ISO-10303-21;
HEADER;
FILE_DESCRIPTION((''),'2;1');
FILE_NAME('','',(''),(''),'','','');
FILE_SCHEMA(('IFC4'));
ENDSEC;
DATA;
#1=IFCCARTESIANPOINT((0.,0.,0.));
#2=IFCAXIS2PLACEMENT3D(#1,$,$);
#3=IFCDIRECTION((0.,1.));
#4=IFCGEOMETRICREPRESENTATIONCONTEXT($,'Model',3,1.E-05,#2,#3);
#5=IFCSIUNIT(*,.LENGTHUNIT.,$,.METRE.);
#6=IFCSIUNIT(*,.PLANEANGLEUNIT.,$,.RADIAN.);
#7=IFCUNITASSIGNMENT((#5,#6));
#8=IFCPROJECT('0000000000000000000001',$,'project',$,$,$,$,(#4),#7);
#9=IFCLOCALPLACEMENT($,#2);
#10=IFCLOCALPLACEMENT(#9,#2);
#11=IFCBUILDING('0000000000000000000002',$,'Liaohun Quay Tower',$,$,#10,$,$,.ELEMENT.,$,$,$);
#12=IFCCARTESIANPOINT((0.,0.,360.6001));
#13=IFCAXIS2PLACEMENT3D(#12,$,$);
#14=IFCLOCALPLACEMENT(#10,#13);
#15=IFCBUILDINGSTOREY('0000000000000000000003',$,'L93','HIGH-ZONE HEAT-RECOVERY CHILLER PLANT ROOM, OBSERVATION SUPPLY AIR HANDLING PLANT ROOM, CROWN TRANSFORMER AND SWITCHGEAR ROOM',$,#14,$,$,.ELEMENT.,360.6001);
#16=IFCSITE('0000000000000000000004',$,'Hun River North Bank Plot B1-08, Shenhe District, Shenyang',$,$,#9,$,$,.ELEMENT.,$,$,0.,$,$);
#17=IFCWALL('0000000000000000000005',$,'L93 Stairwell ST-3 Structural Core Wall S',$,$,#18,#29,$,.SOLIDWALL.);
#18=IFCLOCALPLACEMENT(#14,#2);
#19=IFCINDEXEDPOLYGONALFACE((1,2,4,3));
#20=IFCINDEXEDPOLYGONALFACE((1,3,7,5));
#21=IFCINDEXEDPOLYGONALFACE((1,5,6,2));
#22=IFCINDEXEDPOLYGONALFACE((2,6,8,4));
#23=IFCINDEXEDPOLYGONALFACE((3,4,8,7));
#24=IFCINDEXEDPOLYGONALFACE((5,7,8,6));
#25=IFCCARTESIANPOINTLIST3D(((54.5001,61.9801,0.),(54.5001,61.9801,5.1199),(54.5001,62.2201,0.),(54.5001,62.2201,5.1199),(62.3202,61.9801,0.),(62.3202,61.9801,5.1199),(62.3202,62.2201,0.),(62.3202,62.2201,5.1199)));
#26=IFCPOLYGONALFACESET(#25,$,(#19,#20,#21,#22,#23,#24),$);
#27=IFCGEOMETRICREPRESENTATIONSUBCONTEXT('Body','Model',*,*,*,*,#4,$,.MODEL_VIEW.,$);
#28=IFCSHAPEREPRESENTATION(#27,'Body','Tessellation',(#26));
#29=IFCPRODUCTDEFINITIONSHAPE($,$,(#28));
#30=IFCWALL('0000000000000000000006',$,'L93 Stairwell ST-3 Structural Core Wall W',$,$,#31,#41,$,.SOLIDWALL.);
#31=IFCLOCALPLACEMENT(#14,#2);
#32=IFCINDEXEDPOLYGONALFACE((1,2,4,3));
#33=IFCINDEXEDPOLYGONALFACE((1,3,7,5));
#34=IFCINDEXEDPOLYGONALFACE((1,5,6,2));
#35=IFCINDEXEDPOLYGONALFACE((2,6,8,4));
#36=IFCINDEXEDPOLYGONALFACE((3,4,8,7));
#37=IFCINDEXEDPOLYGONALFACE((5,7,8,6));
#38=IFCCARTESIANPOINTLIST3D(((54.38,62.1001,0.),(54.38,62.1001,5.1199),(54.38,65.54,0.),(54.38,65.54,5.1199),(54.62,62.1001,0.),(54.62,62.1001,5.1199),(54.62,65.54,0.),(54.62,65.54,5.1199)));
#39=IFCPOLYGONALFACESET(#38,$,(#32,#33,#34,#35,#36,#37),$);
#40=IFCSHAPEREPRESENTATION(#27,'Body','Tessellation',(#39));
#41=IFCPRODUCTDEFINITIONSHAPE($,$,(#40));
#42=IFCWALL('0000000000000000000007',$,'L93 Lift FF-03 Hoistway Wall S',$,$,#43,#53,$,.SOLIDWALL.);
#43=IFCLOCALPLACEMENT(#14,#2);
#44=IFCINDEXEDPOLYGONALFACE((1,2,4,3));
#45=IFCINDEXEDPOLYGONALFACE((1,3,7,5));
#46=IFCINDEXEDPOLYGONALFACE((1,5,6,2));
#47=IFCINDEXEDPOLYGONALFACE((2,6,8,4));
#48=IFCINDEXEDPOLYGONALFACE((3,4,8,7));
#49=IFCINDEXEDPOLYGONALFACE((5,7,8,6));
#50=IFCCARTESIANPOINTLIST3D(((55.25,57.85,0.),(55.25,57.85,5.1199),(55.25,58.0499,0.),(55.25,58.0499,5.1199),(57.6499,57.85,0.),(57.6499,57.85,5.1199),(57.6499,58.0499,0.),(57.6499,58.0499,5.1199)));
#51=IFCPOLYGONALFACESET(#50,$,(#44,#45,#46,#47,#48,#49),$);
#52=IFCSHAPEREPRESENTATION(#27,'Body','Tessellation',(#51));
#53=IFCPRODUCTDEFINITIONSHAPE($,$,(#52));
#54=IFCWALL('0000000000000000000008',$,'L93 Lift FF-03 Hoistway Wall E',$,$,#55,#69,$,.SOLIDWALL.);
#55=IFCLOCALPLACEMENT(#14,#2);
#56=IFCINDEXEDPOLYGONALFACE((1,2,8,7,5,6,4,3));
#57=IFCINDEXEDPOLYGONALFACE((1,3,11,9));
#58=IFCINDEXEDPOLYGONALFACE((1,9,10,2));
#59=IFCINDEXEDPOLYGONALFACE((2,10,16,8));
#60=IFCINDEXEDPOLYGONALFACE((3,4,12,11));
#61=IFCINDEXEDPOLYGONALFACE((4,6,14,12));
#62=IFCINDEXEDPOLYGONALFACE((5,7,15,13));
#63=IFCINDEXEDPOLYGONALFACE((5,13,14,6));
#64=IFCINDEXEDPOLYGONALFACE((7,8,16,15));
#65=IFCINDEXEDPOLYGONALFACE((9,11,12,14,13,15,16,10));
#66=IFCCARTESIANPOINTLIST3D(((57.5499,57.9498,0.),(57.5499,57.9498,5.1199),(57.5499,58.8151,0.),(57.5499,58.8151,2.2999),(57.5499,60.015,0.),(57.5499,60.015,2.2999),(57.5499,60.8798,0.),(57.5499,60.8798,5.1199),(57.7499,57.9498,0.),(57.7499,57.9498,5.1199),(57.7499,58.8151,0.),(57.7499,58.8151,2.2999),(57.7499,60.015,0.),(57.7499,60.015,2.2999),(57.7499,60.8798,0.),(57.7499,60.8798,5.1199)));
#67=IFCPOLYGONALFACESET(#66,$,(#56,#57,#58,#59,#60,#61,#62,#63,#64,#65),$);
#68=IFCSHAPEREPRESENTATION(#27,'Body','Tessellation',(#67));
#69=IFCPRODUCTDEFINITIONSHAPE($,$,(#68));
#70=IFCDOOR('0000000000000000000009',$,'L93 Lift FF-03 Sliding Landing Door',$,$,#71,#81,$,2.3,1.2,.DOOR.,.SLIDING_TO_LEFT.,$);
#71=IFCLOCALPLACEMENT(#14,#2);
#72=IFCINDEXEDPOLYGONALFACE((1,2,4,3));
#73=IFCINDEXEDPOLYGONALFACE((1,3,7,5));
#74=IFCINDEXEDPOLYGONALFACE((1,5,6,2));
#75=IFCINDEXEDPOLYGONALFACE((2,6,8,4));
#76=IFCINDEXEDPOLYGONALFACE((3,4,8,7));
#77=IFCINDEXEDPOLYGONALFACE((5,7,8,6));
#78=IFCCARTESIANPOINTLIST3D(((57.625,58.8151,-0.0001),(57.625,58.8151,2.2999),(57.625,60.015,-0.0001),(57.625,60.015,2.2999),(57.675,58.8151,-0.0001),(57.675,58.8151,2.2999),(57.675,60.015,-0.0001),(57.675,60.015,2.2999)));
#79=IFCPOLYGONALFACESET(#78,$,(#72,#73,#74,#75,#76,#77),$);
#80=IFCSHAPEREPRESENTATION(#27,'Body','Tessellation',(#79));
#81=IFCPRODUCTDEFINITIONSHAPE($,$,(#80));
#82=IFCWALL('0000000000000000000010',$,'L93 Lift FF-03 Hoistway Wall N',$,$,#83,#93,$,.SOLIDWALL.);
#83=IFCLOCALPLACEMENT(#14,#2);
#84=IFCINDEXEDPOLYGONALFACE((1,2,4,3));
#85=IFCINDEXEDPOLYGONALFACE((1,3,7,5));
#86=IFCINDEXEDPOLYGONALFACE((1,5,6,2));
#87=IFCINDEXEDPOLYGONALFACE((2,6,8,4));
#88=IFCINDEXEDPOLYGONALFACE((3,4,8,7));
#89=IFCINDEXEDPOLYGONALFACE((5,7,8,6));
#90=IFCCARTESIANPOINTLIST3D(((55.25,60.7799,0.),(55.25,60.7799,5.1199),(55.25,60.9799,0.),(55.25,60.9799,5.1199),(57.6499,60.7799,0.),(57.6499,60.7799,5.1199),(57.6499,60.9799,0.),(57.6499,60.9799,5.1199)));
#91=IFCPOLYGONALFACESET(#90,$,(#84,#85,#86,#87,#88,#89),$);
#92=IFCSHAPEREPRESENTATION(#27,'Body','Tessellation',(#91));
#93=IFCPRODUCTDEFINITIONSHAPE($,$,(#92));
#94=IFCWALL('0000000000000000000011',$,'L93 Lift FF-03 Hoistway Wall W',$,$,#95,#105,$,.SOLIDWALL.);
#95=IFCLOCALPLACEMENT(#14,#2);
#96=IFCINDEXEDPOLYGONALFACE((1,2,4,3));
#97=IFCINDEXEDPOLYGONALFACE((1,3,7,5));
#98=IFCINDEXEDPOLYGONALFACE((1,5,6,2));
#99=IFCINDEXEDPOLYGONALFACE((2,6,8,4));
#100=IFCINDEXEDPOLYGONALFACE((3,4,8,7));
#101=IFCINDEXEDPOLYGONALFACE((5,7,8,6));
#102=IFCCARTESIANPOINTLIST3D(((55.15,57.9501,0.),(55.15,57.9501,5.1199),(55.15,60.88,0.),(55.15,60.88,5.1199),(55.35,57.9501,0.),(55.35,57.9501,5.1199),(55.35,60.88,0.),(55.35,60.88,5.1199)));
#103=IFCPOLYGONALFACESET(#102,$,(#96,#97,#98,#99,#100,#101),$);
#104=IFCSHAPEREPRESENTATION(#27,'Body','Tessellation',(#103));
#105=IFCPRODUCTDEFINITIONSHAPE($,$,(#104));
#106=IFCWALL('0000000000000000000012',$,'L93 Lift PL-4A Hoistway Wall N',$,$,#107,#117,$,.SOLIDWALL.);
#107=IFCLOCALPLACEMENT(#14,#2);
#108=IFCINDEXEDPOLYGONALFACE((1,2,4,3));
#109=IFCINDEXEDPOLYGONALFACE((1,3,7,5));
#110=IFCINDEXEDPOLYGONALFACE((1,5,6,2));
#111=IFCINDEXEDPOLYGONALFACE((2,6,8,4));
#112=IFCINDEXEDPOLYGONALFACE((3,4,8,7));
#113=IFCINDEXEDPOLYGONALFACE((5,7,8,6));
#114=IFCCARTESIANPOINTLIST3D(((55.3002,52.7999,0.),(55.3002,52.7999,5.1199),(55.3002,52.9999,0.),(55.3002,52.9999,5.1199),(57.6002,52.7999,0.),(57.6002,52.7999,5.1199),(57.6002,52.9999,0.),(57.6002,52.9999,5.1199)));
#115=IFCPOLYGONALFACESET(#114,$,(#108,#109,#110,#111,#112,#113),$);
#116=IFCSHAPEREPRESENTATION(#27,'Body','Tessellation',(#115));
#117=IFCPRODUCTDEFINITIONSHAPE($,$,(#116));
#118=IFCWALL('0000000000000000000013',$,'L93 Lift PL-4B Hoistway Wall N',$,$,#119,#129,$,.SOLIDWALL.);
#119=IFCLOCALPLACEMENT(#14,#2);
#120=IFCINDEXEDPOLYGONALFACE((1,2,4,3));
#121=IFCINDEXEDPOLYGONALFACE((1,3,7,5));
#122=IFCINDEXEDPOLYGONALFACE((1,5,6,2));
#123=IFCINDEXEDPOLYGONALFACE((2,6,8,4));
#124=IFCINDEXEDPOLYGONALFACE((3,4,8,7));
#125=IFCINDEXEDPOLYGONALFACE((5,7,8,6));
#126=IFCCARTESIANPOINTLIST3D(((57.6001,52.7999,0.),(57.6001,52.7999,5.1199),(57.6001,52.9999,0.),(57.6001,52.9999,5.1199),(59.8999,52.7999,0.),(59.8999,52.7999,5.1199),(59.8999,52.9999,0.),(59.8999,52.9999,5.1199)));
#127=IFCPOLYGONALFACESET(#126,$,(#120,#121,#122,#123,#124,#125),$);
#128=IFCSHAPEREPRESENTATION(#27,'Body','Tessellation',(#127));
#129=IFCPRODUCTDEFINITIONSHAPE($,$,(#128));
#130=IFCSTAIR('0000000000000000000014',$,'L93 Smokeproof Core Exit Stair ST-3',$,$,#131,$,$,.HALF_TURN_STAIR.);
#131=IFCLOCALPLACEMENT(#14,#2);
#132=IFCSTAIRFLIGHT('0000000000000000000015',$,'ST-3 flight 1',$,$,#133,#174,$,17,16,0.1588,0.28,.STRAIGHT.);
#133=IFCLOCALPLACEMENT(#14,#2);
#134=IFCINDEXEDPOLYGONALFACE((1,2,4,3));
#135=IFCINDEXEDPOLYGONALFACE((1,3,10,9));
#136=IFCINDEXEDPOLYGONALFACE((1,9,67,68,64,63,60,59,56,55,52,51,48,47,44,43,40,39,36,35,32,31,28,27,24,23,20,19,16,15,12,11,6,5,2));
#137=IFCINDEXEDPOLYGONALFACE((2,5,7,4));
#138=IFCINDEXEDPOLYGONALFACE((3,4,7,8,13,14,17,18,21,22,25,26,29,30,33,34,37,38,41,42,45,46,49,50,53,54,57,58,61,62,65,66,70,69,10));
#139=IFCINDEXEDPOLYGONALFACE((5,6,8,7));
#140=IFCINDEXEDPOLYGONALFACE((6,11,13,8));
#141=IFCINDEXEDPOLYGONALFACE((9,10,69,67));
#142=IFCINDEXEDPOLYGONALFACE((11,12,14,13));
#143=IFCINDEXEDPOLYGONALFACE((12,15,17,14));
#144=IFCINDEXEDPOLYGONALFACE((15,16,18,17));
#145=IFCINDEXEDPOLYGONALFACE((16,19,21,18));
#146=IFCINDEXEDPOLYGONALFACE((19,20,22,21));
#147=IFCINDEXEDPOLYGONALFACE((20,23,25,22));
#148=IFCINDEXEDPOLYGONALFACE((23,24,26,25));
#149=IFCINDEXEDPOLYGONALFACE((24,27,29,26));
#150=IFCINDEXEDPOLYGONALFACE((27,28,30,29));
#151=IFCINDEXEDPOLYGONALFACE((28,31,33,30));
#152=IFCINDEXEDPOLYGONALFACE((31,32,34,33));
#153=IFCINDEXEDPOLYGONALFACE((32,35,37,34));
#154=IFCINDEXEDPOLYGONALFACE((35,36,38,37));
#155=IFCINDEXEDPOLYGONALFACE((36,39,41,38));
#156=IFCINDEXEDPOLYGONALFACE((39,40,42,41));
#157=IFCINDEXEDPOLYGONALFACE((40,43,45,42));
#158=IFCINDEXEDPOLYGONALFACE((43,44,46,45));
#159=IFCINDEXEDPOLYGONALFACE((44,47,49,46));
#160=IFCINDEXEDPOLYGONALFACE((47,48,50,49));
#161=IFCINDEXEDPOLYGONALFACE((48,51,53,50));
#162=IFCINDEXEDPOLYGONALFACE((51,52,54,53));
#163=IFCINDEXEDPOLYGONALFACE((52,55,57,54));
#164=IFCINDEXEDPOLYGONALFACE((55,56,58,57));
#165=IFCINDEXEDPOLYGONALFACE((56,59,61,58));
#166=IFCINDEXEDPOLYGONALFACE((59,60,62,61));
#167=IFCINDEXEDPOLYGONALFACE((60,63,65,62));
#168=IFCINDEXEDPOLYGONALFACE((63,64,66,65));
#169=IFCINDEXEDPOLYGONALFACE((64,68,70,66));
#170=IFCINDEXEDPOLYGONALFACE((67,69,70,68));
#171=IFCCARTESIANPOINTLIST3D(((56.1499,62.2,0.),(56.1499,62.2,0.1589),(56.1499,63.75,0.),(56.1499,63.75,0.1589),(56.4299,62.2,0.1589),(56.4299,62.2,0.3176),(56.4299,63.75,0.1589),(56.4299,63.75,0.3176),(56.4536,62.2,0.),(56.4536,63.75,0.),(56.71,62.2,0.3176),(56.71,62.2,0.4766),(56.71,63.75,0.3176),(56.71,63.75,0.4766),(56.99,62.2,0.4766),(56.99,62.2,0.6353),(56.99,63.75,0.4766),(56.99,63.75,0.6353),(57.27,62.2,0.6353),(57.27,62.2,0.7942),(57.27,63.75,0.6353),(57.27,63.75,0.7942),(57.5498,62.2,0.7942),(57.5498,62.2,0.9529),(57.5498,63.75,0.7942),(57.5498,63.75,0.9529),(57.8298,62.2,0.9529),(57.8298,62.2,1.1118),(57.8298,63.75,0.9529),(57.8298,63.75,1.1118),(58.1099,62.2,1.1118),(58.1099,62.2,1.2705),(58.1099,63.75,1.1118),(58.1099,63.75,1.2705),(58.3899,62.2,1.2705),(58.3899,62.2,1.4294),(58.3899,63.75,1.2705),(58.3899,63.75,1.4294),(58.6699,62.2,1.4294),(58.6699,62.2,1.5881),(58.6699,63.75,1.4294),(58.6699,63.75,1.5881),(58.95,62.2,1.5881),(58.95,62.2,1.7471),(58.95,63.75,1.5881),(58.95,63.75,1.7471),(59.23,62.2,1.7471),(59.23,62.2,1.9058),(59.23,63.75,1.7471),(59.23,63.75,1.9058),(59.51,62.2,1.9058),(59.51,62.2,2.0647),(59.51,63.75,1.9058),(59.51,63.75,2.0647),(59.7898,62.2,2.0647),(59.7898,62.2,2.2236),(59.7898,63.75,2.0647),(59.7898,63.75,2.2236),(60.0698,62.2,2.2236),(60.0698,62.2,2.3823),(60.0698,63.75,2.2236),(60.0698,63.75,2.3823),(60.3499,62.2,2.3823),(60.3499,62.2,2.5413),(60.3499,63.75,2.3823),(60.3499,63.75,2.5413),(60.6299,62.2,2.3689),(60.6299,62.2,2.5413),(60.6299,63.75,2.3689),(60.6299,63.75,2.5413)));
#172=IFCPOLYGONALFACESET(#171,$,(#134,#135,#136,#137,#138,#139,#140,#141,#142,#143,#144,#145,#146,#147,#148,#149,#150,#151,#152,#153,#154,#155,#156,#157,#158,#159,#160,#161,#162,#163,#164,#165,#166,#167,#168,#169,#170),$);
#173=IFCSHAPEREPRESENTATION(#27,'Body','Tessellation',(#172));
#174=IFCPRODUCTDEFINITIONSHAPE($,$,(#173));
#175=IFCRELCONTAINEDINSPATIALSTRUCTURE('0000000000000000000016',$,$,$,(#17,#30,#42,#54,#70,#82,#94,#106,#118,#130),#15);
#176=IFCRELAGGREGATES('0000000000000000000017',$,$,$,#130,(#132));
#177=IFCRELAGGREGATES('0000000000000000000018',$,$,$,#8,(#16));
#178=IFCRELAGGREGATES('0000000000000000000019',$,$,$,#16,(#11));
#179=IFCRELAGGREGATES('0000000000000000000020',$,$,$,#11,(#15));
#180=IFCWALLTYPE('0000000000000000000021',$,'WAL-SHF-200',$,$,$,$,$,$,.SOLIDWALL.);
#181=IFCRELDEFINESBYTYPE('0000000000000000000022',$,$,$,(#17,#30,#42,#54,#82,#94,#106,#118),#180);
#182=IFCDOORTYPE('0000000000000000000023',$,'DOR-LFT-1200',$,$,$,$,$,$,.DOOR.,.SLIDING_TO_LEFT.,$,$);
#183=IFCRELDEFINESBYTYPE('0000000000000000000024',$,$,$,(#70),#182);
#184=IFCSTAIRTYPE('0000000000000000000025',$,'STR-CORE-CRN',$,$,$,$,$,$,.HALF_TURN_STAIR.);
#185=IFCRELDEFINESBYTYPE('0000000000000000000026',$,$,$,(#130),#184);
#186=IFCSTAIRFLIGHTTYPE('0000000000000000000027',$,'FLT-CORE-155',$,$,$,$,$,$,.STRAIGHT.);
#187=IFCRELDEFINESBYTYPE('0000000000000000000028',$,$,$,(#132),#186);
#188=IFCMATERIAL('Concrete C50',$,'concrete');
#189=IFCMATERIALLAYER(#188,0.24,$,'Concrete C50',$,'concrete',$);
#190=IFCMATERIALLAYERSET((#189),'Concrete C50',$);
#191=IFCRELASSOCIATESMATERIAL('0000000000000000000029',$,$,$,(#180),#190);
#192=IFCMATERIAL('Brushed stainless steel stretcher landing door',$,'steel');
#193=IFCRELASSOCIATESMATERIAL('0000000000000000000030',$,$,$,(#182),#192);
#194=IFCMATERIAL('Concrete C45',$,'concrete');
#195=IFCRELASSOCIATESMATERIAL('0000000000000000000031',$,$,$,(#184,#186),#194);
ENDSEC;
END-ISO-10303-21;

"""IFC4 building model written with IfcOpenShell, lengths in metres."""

from ifc_helpers import new_model, si_unit, direction, frame, frame_2d, origin, place, context, subcontext, project, spatial, polyline, rectangle, outline, extrude, source, transform, mapped, material, layer, layer_set, type_object, element, fill, aggregate, save


model = new_model("IFC4")

# Units and contexts
model_context = context("Model", 3, precision=1e-05, world=origin(), true_north=direction((0.0, 1.0)))
body_context = subcontext(model_context, "Body", "Model", "MODEL_VIEW")
ifc_project = project(units=[si_unit("LENGTHUNIT", "METRE"), si_unit("PLANEANGLEUNIT", "RADIAN")], contexts=[model_context])

# Site, building, storey
site_placement = place(None, origin())
site = spatial("IfcSite", under=ifc_project, at=site_placement, Name="Hun River North Bank Plot B1-08, Shenhe District, Shenyang", CompositionType="ELEMENT", RefElevation=0.0)
building_placement = place(site_placement, origin())
building = spatial("IfcBuilding", under=site, at=building_placement, Name="Liaohun Quay Tower", CompositionType="ELEMENT")
storey_placement = place(building_placement, frame((0.0, 0.0, 360.6001)))
storey = spatial("IfcBuildingStorey", under=building, at=storey_placement, Name="L93", Description="HIGH-ZONE HEAT-RECOVERY CHILLER PLANT ROOM, OBSERVATION SUPPLY AIR HANDLING PLANT ROOM, CROWN TRANSFORMER AND SWITCHGEAR ROOM", CompositionType="ELEMENT", Elevation=360.6001)

# Shared definitions
ifc_material_1 = material(Name="Concrete C50", Category="concrete")

# Walls
ifc_layer_1 = layer(ifc_material_1, 0.24, Name="Concrete C50", Category="concrete")
ifc_layer_set_1 = layer_set([ifc_layer_1], Name="Concrete C50")
wall_type_1 = type_object("IfcWallType", Name="WAL-SHF-200", PredefinedType="SOLIDWALL", material=ifc_layer_set_1)
wall_1_placement = place(storey_placement, frame((54.5, 62.1001, 0.0), z_axis=(0.0, 0.0, 1.0), x_axis=(1.0, 0.0, 0.0)))
element("IfcWall", 1, at=wall_1_placement, inside=storey, type_object=wall_type_1, Name="L93 Stairwell ST-3 Structural Core Wall S", PredefinedType="SOLIDWALL", context=body_context, shape_type="SweptSolid", body=[
    extrude(rectangle(XDim=7.8201, YDim=0.24, at=frame_2d((3.9102, 0.0))), origin(), (0.0, 0.0, 1.0), 5.1199),
])
wall_2_placement = place(storey_placement, frame((54.5, 65.54, 0.0), z_axis=(0.0, 0.0, 1.0), x_axis=(0.0, -1.0, 0.0)))
element("IfcWall", 2, at=wall_2_placement, inside=storey, type_object=wall_type_1, Name="L93 Stairwell ST-3 Structural Core Wall W", PredefinedType="SOLIDWALL", context=body_context, shape_type="SweptSolid", body=[
    extrude(rectangle(XDim=3.4399, YDim=0.24, at=frame_2d((1.72, 0.0))), origin(), (0.0, 0.0, 1.0), 5.1199),
])
wall_3_placement = place(storey_placement, frame((55.25, 57.95, 0.0), z_axis=(0.0, 0.0, 1.0), x_axis=(1.0, 0.0, 0.0)))
element("IfcWall", 3, at=wall_3_placement, inside=storey, type_object=wall_type_1, Name="L93 Lift FF-03 Hoistway Wall S", PredefinedType="SOLIDWALL", context=body_context, shape_type="SweptSolid", body=[
    extrude(rectangle(XDim=2.3999, YDim=0.2, at=frame_2d((1.2, 0.0))), origin(), (0.0, 0.0, 1.0), 5.1199),
])

# Wall, opening, door
wall_4_placement = place(storey_placement, frame((57.6499, 57.95, 0.0), z_axis=(0.0, 0.0, 1.0), x_axis=(0.0, 1.0, 0.0)))
wall_4 = element("IfcWall", 4, at=wall_4_placement, inside=storey, type_object=wall_type_1, Name="L93 Lift FF-03 Hoistway Wall E", PredefinedType="SOLIDWALL", context=body_context, shape_type="SweptSolid", body=[
    extrude(rectangle(XDim=2.9299, YDim=0.2, at=frame_2d((1.4648, 0.0))), origin(), (0.0, 0.0, 1.0), 5.1199),
])
shared_shape_1 = source(origin(), body_context, "Body", "SweptSolid", [
    extrude(rectangle(XDim=1.2, YDim=2.3, at=frame_2d((0.6001, 1.1499))), frame((0.0, 0.1099, 0.0), z_axis=(0.0, -1.0, 0.0), x_axis=(1.0, 0.0, 0.0)), (0.0, 0.0, 1.0), 0.22),
])
opening_1_placement = place(wall_4_placement, frame((0.865, 0.0, 0.0)))
opening_1 = element("IfcOpeningElement", 5, at=opening_1_placement, cuts=wall_4, PredefinedType="OPENING", context=body_context, shape_type="MappedRepresentation", body=[
    mapped(shared_shape_1, transform((0.0, 0.0, 0.0), x_axis=(1.0, 0.0, 0.0), y_axis=(0.0, 1.0, 0.0), z_axis=(0.0, 0.0, 1.0), scale=1.0)),
])
ifc_material_2 = material(Name="Brushed stainless steel stretcher landing door", Category="steel")
door_type_1 = type_object("IfcDoorType", Name="DOR-LFT-1200", OperationType="SLIDING_TO_LEFT", PredefinedType="DOOR", material=ifc_material_2)
shared_shape_2 = source(origin(), body_context, "Body", "SweptSolid", [
    extrude(rectangle(XDim=1.2, YDim=2.3, at=frame_2d((0.6001, 1.1499))), frame((0.0, 0.0249, 0.0), z_axis=(0.0, -1.0, 0.0), x_axis=(1.0, 0.0, 0.0)), (0.0, 0.0, 1.0), 0.05),
])
door_1_placement = place(opening_1_placement, origin())
door_1 = element("IfcDoor", 6, at=door_1_placement, inside=storey, type_object=door_type_1, Name="L93 Lift FF-03 Sliding Landing Door", OperationType="SLIDING_TO_LEFT", OverallHeight=2.3, OverallWidth=1.2, PredefinedType="DOOR", context=body_context, shape_type="MappedRepresentation", body=[
    mapped(shared_shape_2, transform((0.0, 0.0, 0.0), x_axis=(1.0, 0.0, 0.0), y_axis=(0.0, 1.0, 0.0), z_axis=(0.0, 0.0, 1.0), scale=1.0)),
])
fill(opening_1, door_1)

# Walls
wall_5_placement = place(storey_placement, frame((57.6499, 60.8799, 0.0), z_axis=(0.0, 0.0, 1.0), x_axis=(-1.0, 0.0, 0.0)))
element("IfcWall", 7, at=wall_5_placement, inside=storey, type_object=wall_type_1, Name="L93 Lift FF-03 Hoistway Wall N", PredefinedType="SOLIDWALL", context=body_context, shape_type="SweptSolid", body=[
    extrude(rectangle(XDim=2.3999, YDim=0.2, at=frame_2d((1.2, 0.0))), origin(), (0.0, 0.0, 1.0), 5.1199),
])
wall_6_placement = place(storey_placement, frame((55.25, 60.8799, 0.0), z_axis=(0.0, 0.0, 1.0), x_axis=(0.0, -1.0, 0.0)))
element("IfcWall", 8, at=wall_6_placement, inside=storey, type_object=wall_type_1, Name="L93 Lift FF-03 Hoistway Wall W", PredefinedType="SOLIDWALL", context=body_context, shape_type="SweptSolid", body=[
    extrude(rectangle(XDim=2.9299, YDim=0.2, at=frame_2d((1.4648, 0.0))), origin(), (0.0, 0.0, 1.0), 5.1199),
])
wall_7_placement = place(storey_placement, frame((57.6001, 52.8999, 0.0), z_axis=(0.0, 0.0, 1.0), x_axis=(-1.0, 0.0, 0.0)))
element("IfcWall", 9, at=wall_7_placement, inside=storey, type_object=wall_type_1, Name="L93 Lift PL-4A Hoistway Wall N", PredefinedType="SOLIDWALL", context=body_context, shape_type="SweptSolid", body=[
    extrude(rectangle(XDim=2.3, YDim=0.2, at=frame_2d((1.1499, 0.0))), origin(), (0.0, 0.0, 1.0), 5.1199),
])
wall_8_placement = place(storey_placement, frame((59.8999, 52.8999, 0.0), z_axis=(0.0, 0.0, 1.0), x_axis=(-1.0, 0.0, 0.0)))
element("IfcWall", 10, at=wall_8_placement, inside=storey, type_object=wall_type_1, Name="L93 Lift PL-4B Hoistway Wall N", PredefinedType="SOLIDWALL", context=body_context, shape_type="SweptSolid", body=[
    extrude(rectangle(XDim=2.2998, YDim=0.2, at=frame_2d((1.1499, 0.0))), origin(), (0.0, 0.0, 1.0), 5.1199),
])

# Stair, stair flight
ifc_material_3 = material(Name="Concrete C45", Category="concrete")
stair_type = type_object("IfcStairType", Name="STR-CORE-CRN", PredefinedType="HALF_TURN_STAIR", material=ifc_material_3)
stair_placement = place(storey_placement, origin())
stair = element("IfcStair", 11, at=stair_placement, inside=storey, type_object=stair_type, Name="L93 Smokeproof Core Exit Stair ST-3", PredefinedType="HALF_TURN_STAIR")
stair_flight_type = type_object("IfcStairFlightType", Name="FLT-CORE-155", PredefinedType="STRAIGHT", material=ifc_material_3)
stair_flight_placement = place(storey_placement, frame((56.1499, 62.9751, 0.0), z_axis=(0.0, 0.0, 1.0), x_axis=(1.0, 0.0, 0.0)))
stair_flight = element("IfcStairFlight", 12, at=stair_flight_placement, type_object=stair_flight_type, Name="ST-3 flight 1", NumberOfRisers=17, NumberOfTreads=16, PredefinedType="STRAIGHT", RiserHeight=0.1588, TreadLength=0.28, context=body_context, shape_type="SweptSolid", body=[
    extrude(outline(polyline([(0.0, 0.0), (0.0, 0.1589), (0.28, 0.1589), (0.28, 0.3176), (0.5601, 0.3176), (0.5601, 0.4766), (0.8401, 0.4766), (0.8401, 0.6353), (1.1201, 0.6353), (1.1201, 0.7942), (1.3999, 0.7942), (1.3999, 0.9529), (1.6799, 0.9529), (1.6799, 1.1118), (1.96, 1.1118), (1.96, 1.2705), (2.24, 1.2705), (2.24, 1.4294), (2.52, 1.4294), (2.52, 1.5881), (2.8, 1.5881), (2.8, 1.7471), (3.0801, 1.7471), (3.0801, 1.9058), (3.3601, 1.9058), (3.3601, 2.0647), (3.6399, 2.0647), (3.6399, 2.2236), (3.9199, 2.2236), (3.9199, 2.3823), (4.2, 2.3823), (4.2, 2.5413), (4.48, 2.5413), (4.48, 2.7), (4.48, 2.3689), (0.3037, 0.0), (0.0, 0.0)])), frame((0.0, 0.7749, 0.0), z_axis=(0.0, -1.0, 0.0), x_axis=(1.0, 0.0, 0.0)), (0.0, 0.0, 1.0), 1.55),
])
aggregate(stair, [stair_flight])

save(model, "model.ifc")
